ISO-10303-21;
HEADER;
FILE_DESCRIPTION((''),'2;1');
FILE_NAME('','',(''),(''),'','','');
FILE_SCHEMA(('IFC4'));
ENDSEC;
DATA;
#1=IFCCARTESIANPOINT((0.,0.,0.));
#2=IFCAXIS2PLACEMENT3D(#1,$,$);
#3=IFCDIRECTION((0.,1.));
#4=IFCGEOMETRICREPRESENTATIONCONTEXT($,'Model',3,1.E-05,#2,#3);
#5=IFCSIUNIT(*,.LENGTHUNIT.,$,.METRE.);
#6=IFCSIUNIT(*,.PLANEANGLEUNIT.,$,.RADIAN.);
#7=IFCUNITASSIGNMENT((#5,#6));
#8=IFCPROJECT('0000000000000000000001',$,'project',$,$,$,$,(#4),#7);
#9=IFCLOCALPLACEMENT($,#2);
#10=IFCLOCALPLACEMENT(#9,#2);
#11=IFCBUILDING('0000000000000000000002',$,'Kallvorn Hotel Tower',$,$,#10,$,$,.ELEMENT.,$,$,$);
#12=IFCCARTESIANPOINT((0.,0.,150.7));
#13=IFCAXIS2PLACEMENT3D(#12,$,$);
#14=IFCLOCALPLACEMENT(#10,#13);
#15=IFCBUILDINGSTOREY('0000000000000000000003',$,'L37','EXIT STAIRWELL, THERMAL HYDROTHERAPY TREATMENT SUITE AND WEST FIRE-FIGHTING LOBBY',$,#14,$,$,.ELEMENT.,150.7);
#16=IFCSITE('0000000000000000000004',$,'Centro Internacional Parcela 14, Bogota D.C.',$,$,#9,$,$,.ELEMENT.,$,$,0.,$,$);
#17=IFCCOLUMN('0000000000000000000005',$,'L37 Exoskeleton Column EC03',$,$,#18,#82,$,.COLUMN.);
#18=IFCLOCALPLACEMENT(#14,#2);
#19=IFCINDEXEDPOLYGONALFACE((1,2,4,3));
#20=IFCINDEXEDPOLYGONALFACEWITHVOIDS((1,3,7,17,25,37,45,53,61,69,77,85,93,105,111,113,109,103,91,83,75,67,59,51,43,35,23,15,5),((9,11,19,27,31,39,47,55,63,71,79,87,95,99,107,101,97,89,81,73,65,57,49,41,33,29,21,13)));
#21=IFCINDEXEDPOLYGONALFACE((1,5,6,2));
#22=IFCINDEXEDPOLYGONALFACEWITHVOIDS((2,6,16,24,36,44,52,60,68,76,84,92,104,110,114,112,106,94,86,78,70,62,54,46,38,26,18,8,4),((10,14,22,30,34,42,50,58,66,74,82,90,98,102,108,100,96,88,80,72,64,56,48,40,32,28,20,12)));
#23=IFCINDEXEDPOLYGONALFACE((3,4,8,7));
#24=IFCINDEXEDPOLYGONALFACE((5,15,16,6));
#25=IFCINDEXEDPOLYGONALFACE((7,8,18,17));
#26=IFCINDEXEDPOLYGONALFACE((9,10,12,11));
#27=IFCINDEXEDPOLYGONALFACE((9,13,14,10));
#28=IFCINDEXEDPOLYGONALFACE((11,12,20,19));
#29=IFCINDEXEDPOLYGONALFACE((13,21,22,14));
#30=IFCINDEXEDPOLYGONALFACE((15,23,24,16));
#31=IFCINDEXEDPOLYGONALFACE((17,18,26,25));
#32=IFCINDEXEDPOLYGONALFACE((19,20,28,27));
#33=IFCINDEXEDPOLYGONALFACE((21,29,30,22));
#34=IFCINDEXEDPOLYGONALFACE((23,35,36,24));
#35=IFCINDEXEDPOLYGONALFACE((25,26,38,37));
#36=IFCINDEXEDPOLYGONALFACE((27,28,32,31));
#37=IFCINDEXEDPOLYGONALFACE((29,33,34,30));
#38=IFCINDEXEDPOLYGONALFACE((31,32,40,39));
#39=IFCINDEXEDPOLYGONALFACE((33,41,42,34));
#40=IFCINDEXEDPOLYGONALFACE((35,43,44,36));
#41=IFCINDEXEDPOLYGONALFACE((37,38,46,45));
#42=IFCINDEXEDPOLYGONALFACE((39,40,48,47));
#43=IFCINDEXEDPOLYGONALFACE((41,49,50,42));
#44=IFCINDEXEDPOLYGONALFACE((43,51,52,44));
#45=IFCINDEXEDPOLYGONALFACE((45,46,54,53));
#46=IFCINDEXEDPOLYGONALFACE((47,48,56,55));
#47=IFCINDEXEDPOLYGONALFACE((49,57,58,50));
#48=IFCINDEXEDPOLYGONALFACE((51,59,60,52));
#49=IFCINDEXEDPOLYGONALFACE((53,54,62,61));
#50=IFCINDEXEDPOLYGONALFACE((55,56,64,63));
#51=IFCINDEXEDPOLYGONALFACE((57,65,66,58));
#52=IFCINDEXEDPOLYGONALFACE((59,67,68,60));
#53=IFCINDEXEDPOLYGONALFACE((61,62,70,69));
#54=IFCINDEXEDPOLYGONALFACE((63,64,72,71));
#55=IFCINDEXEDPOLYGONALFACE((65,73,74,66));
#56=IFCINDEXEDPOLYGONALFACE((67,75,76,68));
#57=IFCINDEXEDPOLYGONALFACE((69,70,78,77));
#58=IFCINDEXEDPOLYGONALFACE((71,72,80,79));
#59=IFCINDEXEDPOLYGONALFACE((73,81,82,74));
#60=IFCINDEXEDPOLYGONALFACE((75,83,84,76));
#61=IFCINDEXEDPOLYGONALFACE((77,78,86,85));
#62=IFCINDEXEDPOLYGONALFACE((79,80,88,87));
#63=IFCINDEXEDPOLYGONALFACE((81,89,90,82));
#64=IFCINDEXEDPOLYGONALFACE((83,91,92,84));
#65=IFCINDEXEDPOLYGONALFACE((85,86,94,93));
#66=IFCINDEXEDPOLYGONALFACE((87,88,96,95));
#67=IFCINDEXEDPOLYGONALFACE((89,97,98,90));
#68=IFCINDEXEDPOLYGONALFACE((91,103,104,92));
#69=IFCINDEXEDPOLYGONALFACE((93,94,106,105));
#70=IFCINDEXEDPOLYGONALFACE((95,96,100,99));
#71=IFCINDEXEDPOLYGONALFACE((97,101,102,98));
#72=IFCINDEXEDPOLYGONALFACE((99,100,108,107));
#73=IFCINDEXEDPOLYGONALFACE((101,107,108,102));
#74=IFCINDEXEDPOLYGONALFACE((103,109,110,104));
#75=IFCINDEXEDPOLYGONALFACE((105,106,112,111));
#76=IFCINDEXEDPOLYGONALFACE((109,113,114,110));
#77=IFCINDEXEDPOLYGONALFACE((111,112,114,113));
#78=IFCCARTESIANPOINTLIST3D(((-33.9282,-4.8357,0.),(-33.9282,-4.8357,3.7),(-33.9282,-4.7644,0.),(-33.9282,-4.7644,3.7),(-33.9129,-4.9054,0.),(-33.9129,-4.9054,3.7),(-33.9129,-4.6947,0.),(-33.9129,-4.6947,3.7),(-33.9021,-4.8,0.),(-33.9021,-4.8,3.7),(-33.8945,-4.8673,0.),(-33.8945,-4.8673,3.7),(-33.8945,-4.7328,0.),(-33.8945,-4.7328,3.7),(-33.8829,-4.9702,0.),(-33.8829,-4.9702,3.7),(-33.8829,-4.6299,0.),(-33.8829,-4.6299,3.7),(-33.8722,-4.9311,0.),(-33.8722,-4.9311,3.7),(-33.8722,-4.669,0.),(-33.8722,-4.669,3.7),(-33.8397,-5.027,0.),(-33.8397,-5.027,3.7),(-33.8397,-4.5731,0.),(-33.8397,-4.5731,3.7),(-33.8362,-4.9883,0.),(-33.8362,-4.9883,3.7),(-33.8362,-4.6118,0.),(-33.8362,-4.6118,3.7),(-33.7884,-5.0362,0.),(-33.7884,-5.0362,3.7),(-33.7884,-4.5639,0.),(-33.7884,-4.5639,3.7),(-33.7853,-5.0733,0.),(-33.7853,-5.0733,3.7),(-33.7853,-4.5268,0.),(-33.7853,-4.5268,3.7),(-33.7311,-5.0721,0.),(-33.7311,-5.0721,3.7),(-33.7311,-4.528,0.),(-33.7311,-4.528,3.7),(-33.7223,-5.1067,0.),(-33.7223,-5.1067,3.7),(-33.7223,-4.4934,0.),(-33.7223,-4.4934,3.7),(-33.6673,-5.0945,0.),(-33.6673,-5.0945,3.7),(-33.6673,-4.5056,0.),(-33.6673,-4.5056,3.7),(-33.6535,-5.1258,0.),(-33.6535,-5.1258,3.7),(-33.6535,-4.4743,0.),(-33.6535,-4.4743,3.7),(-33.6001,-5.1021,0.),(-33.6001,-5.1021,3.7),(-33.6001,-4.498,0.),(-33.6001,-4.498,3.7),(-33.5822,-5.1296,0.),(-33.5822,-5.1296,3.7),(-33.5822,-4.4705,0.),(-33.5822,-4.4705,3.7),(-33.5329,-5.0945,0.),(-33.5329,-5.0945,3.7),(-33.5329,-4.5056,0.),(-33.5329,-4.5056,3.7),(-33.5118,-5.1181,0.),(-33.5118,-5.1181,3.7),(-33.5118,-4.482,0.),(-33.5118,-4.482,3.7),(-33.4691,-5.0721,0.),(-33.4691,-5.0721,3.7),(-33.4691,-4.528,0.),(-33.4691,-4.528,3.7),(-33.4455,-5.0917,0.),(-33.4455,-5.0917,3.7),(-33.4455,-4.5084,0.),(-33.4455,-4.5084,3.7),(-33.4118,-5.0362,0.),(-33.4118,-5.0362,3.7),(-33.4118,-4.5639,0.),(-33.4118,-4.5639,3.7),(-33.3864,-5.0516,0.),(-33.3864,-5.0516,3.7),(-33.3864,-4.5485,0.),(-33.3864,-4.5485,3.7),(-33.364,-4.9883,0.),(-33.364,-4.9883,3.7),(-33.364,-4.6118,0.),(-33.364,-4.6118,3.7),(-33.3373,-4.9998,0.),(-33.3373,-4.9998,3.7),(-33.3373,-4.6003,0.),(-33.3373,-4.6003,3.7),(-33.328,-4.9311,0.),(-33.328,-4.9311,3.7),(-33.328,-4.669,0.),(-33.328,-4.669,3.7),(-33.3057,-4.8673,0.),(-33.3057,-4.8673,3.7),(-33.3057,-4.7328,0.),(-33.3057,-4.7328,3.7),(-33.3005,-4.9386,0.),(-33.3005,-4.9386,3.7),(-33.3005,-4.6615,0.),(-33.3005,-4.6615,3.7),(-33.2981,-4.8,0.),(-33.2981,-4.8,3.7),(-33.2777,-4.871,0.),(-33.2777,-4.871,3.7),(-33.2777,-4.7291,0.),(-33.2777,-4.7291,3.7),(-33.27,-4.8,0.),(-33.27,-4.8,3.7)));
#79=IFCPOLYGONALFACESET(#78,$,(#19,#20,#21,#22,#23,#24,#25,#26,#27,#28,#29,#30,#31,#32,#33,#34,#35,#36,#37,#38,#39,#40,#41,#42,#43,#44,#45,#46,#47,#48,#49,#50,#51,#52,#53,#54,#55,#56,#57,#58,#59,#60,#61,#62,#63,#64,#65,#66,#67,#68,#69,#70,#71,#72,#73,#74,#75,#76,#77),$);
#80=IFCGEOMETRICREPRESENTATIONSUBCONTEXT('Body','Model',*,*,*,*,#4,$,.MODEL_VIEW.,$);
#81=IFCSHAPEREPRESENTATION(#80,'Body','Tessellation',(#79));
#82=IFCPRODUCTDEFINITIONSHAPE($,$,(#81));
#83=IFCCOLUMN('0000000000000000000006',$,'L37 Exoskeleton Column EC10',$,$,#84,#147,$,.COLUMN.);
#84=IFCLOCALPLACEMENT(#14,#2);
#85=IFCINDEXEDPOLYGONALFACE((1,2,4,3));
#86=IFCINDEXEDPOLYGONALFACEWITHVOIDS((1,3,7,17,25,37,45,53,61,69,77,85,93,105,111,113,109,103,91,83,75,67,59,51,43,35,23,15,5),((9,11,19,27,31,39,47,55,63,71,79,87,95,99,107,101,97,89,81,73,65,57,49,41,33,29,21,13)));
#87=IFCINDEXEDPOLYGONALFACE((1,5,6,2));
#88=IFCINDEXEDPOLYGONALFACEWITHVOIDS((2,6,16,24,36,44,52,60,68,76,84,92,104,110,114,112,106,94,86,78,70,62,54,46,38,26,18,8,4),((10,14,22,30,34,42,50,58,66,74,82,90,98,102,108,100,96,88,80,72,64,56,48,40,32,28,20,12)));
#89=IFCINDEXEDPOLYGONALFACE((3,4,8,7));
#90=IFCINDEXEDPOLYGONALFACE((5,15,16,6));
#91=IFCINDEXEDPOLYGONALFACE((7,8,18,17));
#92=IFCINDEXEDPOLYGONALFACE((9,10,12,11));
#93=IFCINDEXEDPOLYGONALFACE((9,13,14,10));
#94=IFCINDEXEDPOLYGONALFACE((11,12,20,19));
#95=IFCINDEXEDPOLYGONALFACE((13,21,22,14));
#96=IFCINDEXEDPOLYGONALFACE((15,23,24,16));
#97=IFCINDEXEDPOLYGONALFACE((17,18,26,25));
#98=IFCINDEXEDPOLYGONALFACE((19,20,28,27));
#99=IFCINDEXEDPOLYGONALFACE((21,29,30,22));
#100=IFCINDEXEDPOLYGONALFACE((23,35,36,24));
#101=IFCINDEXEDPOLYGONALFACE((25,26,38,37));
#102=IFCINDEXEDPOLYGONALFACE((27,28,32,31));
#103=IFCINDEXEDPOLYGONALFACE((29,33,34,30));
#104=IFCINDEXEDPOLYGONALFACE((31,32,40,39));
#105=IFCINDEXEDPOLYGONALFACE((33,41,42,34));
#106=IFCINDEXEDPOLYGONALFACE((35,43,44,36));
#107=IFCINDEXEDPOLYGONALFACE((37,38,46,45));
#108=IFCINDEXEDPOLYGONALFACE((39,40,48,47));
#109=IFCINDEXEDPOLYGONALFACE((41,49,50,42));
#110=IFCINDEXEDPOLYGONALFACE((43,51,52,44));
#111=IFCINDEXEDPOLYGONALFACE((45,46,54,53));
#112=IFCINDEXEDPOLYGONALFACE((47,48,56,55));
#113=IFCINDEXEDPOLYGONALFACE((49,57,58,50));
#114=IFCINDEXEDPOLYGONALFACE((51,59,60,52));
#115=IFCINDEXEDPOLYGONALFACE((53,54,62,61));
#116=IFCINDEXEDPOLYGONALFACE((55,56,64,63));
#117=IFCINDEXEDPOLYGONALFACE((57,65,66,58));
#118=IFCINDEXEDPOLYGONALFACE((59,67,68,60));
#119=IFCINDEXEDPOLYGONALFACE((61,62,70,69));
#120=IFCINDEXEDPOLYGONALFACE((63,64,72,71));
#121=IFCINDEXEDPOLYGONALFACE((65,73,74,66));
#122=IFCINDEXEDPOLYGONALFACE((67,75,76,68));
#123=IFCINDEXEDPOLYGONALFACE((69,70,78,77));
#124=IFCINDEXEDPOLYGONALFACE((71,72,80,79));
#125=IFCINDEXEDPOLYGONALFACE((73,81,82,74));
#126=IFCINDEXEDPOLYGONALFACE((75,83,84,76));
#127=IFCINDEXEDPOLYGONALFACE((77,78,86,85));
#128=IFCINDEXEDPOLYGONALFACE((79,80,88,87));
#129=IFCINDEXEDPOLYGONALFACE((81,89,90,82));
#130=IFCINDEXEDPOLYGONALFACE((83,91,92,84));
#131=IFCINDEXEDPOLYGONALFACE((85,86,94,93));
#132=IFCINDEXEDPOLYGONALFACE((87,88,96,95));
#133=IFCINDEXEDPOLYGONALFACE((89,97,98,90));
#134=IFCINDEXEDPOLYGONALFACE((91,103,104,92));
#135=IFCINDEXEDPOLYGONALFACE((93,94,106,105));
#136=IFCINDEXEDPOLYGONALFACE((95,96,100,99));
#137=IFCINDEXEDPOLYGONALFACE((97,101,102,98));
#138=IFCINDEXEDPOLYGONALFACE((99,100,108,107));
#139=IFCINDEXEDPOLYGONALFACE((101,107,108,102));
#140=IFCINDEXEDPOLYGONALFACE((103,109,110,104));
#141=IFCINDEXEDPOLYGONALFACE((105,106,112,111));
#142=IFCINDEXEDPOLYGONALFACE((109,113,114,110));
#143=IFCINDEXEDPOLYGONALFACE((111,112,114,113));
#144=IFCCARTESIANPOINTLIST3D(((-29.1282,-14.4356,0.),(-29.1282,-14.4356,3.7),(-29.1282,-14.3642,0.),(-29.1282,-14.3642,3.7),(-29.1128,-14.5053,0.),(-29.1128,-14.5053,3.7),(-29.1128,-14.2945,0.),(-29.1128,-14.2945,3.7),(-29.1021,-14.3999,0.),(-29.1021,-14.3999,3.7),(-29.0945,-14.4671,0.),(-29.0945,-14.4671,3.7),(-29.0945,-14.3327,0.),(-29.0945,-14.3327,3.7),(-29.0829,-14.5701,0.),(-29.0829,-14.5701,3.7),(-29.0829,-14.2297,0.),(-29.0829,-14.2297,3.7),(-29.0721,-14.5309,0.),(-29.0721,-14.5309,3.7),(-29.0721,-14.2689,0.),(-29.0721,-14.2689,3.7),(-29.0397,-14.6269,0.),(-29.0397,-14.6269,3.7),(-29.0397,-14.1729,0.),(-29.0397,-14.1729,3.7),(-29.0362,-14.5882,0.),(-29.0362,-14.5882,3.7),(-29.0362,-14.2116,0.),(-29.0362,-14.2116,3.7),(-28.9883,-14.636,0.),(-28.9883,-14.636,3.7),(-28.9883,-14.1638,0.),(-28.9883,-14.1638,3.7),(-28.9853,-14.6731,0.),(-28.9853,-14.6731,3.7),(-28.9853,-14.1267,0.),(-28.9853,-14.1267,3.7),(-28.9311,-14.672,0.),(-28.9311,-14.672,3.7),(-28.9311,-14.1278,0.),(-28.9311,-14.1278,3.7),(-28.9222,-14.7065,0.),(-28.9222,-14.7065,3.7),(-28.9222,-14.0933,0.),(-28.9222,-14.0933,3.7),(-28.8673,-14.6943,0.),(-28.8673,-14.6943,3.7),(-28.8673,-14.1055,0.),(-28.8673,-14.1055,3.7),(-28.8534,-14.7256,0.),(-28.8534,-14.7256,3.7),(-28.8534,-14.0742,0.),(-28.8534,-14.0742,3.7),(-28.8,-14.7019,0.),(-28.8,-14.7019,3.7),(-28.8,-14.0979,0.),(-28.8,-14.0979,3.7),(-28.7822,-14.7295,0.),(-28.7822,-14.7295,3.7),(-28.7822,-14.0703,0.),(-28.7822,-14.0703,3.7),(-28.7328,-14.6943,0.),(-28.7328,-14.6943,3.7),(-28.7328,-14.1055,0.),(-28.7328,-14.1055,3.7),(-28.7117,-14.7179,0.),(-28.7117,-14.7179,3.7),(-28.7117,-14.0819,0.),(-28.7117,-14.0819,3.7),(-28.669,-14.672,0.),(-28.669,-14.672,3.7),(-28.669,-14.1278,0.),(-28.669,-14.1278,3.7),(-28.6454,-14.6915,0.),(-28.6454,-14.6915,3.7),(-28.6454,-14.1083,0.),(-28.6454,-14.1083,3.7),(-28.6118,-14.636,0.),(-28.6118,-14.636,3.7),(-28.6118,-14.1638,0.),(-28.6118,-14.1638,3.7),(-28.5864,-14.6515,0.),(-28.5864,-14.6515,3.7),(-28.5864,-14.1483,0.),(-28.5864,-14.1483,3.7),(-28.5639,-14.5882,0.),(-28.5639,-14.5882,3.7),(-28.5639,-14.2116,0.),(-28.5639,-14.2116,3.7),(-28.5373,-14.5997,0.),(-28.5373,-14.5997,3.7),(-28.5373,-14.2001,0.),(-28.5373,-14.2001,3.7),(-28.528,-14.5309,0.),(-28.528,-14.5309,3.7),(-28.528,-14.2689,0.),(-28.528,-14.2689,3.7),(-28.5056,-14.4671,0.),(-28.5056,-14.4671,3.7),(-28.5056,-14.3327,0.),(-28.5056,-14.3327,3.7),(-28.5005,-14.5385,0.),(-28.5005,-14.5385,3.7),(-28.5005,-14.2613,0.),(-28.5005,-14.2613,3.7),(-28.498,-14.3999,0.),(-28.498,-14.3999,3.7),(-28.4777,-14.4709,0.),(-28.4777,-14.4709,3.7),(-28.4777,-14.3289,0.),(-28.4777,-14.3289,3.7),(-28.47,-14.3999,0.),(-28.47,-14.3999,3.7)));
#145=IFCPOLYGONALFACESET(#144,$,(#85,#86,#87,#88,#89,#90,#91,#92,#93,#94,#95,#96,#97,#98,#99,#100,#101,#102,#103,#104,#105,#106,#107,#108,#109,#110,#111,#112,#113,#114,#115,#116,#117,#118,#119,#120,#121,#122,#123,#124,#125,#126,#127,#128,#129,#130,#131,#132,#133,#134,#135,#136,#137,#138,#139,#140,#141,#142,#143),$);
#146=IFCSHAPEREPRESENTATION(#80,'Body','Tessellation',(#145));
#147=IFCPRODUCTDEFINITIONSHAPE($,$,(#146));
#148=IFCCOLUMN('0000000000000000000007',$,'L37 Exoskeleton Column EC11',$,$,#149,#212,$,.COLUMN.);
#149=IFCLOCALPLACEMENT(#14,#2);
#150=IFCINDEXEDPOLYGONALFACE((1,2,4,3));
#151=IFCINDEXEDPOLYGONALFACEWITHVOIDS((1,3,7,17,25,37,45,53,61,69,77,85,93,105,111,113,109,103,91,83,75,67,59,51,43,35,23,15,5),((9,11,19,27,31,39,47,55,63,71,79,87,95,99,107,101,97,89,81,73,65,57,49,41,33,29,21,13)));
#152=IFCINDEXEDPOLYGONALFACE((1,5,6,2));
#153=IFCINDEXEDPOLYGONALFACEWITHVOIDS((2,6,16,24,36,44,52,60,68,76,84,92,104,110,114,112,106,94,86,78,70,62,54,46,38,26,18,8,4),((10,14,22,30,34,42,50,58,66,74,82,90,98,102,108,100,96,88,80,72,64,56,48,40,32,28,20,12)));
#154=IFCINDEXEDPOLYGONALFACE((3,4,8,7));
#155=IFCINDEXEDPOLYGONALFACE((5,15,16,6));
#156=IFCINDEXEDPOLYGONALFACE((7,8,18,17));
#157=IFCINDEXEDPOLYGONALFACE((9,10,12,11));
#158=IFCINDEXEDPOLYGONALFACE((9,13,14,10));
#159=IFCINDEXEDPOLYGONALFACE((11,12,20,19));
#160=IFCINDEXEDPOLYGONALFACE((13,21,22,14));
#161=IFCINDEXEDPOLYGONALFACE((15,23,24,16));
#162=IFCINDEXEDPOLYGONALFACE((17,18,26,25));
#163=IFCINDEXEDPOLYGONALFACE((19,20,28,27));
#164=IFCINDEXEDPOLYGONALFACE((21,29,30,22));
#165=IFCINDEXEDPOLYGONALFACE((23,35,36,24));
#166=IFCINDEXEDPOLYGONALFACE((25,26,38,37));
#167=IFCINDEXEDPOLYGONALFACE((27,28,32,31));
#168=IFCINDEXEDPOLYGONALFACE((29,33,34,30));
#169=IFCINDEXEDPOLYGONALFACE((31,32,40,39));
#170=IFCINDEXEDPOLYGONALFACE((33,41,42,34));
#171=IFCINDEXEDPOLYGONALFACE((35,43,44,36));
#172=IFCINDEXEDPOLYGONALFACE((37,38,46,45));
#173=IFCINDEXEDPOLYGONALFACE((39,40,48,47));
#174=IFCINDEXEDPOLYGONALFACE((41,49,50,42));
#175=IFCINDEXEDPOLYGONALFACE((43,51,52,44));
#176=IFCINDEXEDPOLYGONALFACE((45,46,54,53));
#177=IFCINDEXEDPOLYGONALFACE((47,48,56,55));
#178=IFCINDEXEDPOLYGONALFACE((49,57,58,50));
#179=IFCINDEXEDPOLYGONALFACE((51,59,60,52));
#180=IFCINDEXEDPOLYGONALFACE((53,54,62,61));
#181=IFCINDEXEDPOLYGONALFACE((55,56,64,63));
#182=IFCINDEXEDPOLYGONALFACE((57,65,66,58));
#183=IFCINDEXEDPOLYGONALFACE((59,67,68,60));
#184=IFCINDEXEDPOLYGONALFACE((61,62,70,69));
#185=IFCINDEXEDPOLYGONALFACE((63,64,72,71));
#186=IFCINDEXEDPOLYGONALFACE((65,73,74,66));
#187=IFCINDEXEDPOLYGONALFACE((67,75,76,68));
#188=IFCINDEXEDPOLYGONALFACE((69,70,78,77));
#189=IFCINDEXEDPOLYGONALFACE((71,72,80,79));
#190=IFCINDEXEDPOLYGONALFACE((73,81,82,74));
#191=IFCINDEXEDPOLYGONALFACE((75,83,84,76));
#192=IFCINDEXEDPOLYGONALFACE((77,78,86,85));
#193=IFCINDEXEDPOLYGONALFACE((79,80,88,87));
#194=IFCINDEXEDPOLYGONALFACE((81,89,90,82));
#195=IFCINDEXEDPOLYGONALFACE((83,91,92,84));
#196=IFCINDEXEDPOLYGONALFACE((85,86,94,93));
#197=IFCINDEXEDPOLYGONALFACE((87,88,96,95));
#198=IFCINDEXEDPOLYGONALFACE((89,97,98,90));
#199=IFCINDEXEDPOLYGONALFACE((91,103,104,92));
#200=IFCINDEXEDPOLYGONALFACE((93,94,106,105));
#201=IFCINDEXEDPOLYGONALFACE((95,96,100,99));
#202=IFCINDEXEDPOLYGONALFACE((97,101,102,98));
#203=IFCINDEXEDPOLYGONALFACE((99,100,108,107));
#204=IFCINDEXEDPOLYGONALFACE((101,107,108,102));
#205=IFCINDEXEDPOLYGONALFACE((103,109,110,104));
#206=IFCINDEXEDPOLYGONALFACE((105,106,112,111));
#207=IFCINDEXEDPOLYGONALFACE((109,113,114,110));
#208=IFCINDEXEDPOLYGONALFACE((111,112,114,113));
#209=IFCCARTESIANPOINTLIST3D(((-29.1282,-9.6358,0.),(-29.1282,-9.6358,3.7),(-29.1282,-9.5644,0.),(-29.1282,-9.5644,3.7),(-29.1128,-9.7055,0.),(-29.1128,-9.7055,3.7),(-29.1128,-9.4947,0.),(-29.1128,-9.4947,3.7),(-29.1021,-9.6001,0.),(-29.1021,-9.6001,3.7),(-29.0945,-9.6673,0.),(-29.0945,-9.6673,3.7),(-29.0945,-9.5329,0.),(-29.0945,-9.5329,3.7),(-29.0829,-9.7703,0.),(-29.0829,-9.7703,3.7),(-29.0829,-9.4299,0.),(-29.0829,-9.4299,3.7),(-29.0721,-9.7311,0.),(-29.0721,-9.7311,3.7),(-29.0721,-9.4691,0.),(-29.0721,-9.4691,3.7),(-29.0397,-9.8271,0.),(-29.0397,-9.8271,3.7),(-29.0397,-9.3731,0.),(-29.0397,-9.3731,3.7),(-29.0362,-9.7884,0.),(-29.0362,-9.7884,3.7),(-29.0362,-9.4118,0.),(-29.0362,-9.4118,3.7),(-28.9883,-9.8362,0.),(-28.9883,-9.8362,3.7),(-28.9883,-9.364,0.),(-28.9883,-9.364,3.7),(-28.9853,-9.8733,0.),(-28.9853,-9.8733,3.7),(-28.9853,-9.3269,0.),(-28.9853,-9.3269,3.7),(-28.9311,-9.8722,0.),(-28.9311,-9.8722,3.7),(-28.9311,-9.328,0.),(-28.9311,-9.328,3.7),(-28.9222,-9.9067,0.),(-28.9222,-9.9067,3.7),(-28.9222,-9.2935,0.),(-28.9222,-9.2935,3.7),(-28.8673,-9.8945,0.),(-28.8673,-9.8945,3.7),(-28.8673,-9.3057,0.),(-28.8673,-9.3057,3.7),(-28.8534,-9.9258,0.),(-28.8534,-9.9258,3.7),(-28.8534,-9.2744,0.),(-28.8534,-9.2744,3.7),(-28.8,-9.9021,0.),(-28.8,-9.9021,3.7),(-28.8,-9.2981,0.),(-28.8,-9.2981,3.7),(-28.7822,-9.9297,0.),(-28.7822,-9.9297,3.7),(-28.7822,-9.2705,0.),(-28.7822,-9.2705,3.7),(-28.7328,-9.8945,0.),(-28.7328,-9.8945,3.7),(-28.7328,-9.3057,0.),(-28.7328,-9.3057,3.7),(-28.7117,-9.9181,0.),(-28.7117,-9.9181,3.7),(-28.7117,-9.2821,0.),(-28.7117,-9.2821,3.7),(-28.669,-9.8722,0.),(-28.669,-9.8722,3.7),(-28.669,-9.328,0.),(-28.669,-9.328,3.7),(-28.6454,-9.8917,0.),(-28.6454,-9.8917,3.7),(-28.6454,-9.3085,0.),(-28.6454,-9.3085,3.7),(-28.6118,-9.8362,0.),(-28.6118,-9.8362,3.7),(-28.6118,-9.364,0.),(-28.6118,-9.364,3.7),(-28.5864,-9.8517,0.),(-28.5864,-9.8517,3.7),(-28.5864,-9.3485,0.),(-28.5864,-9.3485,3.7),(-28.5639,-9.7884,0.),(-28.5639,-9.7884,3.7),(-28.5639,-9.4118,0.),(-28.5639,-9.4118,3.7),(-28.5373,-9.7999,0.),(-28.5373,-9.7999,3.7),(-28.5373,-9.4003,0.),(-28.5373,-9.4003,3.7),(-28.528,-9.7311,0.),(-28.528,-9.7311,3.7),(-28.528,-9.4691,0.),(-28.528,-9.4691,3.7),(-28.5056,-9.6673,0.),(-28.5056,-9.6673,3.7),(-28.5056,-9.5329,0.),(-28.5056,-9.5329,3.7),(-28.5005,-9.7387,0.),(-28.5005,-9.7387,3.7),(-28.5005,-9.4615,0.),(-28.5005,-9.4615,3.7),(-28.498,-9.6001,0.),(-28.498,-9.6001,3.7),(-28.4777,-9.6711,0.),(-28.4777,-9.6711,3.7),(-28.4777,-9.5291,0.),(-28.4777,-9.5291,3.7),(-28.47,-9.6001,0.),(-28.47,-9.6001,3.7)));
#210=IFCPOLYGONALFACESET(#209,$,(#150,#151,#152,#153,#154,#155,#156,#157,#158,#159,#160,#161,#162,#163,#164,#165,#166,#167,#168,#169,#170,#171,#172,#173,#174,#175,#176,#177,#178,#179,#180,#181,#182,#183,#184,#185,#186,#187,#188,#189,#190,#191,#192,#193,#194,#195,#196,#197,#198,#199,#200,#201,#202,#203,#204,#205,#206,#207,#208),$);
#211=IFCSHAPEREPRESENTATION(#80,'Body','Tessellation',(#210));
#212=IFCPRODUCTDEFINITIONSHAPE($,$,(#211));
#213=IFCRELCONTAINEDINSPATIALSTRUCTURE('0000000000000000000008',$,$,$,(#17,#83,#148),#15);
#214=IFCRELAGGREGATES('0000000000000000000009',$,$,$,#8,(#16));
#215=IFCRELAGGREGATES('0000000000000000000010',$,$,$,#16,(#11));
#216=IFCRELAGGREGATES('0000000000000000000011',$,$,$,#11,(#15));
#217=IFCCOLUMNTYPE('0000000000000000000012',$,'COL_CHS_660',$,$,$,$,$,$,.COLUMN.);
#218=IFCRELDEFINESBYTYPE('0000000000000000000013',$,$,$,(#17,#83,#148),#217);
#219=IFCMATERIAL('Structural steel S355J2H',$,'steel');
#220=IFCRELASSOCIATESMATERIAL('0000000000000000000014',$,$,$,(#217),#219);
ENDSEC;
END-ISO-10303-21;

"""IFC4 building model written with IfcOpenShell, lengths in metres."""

from ifc_helpers import new_model, si_unit, direction, frame, origin, origin_2d, place, context, subcontext, project, spatial, hollow_circle, extrude, material, material_profile, profile_set, type_object, element, save


model = new_model("IFC4")

# Units and contexts
model_context = context("Model", 3, precision=1e-05, world=origin(), true_north=direction((0.0, 1.0)))
body_context = subcontext(model_context, "Body", "Model", "MODEL_VIEW")
ifc_project = project(units=[si_unit("LENGTHUNIT", "METRE"), si_unit("PLANEANGLEUNIT", "RADIAN")], contexts=[model_context])

# Site, building, storey
site_placement = place(None, origin())
site = spatial("IfcSite", under=ifc_project, at=site_placement, Name="Centro Internacional Parcela 14, Bogota D.C.", CompositionType="ELEMENT", RefElevation=0.0)
building_placement = place(site_placement, origin())
building = spatial("IfcBuilding", under=site, at=building_placement, Name="Kallvorn Hotel Tower", CompositionType="ELEMENT")
storey_placement = place(building_placement, frame((0.0, 0.0, 150.7)))
storey = spatial("IfcBuildingStorey", under=building, at=storey_placement, Name="L37", Description="EXIT STAIRWELL, THERMAL HYDROTHERAPY TREATMENT SUITE AND WEST FIRE-FIGHTING LOBBY", CompositionType="ELEMENT", Elevation=150.7)

# Columns
ifc_material_1 = material(Name="Structural steel S355J2H", Category="steel")
ifc_material_profile_1 = material_profile(ifc_material_1, hollow_circle(Radius=0.3301, WallThickness=0.0281, at=origin_2d()), Name="CHS 660x28")
ifc_profile_set_1 = profile_set([ifc_material_profile_1], Name="Structural steel S355J2H")
column_type_1 = type_object("IfcColumnType", Name="COL_CHS_660", PredefinedType="COLUMN", material=ifc_profile_set_1)
for number, where, z_axis, x_axis, name in (
    (1, (-33.6001, -4.8, 0.0), (0.0, 0.0, 1.0), (1.0, 0.0, 0.0), "L37 Exoskeleton Column EC03"),
    (2, (-28.8, -14.3999, 0.0), (0.0, 0.0, 1.0), (1.0, 0.0, 0.0), "L37 Exoskeleton Column EC10"),
    (3, (-28.8, -9.6001, 0.0), (0.0, 0.0, 1.0), (1.0, 0.0, 0.0), "L37 Exoskeleton Column EC11"),
):
    element("IfcColumn", number, at=place(storey_placement, frame(where, z_axis=z_axis, x_axis=x_axis)), inside=storey, type_object=column_type_1, Name=name, PredefinedType="COLUMN", context=body_context, shape_type="SweptSolid", body=[
        extrude(hollow_circle(Radius=0.3301, WallThickness=0.0281, at=origin_2d()), origin(), (0.0, 0.0, 1.0), 3.7),
    ])

save(model, "model.ifc")
